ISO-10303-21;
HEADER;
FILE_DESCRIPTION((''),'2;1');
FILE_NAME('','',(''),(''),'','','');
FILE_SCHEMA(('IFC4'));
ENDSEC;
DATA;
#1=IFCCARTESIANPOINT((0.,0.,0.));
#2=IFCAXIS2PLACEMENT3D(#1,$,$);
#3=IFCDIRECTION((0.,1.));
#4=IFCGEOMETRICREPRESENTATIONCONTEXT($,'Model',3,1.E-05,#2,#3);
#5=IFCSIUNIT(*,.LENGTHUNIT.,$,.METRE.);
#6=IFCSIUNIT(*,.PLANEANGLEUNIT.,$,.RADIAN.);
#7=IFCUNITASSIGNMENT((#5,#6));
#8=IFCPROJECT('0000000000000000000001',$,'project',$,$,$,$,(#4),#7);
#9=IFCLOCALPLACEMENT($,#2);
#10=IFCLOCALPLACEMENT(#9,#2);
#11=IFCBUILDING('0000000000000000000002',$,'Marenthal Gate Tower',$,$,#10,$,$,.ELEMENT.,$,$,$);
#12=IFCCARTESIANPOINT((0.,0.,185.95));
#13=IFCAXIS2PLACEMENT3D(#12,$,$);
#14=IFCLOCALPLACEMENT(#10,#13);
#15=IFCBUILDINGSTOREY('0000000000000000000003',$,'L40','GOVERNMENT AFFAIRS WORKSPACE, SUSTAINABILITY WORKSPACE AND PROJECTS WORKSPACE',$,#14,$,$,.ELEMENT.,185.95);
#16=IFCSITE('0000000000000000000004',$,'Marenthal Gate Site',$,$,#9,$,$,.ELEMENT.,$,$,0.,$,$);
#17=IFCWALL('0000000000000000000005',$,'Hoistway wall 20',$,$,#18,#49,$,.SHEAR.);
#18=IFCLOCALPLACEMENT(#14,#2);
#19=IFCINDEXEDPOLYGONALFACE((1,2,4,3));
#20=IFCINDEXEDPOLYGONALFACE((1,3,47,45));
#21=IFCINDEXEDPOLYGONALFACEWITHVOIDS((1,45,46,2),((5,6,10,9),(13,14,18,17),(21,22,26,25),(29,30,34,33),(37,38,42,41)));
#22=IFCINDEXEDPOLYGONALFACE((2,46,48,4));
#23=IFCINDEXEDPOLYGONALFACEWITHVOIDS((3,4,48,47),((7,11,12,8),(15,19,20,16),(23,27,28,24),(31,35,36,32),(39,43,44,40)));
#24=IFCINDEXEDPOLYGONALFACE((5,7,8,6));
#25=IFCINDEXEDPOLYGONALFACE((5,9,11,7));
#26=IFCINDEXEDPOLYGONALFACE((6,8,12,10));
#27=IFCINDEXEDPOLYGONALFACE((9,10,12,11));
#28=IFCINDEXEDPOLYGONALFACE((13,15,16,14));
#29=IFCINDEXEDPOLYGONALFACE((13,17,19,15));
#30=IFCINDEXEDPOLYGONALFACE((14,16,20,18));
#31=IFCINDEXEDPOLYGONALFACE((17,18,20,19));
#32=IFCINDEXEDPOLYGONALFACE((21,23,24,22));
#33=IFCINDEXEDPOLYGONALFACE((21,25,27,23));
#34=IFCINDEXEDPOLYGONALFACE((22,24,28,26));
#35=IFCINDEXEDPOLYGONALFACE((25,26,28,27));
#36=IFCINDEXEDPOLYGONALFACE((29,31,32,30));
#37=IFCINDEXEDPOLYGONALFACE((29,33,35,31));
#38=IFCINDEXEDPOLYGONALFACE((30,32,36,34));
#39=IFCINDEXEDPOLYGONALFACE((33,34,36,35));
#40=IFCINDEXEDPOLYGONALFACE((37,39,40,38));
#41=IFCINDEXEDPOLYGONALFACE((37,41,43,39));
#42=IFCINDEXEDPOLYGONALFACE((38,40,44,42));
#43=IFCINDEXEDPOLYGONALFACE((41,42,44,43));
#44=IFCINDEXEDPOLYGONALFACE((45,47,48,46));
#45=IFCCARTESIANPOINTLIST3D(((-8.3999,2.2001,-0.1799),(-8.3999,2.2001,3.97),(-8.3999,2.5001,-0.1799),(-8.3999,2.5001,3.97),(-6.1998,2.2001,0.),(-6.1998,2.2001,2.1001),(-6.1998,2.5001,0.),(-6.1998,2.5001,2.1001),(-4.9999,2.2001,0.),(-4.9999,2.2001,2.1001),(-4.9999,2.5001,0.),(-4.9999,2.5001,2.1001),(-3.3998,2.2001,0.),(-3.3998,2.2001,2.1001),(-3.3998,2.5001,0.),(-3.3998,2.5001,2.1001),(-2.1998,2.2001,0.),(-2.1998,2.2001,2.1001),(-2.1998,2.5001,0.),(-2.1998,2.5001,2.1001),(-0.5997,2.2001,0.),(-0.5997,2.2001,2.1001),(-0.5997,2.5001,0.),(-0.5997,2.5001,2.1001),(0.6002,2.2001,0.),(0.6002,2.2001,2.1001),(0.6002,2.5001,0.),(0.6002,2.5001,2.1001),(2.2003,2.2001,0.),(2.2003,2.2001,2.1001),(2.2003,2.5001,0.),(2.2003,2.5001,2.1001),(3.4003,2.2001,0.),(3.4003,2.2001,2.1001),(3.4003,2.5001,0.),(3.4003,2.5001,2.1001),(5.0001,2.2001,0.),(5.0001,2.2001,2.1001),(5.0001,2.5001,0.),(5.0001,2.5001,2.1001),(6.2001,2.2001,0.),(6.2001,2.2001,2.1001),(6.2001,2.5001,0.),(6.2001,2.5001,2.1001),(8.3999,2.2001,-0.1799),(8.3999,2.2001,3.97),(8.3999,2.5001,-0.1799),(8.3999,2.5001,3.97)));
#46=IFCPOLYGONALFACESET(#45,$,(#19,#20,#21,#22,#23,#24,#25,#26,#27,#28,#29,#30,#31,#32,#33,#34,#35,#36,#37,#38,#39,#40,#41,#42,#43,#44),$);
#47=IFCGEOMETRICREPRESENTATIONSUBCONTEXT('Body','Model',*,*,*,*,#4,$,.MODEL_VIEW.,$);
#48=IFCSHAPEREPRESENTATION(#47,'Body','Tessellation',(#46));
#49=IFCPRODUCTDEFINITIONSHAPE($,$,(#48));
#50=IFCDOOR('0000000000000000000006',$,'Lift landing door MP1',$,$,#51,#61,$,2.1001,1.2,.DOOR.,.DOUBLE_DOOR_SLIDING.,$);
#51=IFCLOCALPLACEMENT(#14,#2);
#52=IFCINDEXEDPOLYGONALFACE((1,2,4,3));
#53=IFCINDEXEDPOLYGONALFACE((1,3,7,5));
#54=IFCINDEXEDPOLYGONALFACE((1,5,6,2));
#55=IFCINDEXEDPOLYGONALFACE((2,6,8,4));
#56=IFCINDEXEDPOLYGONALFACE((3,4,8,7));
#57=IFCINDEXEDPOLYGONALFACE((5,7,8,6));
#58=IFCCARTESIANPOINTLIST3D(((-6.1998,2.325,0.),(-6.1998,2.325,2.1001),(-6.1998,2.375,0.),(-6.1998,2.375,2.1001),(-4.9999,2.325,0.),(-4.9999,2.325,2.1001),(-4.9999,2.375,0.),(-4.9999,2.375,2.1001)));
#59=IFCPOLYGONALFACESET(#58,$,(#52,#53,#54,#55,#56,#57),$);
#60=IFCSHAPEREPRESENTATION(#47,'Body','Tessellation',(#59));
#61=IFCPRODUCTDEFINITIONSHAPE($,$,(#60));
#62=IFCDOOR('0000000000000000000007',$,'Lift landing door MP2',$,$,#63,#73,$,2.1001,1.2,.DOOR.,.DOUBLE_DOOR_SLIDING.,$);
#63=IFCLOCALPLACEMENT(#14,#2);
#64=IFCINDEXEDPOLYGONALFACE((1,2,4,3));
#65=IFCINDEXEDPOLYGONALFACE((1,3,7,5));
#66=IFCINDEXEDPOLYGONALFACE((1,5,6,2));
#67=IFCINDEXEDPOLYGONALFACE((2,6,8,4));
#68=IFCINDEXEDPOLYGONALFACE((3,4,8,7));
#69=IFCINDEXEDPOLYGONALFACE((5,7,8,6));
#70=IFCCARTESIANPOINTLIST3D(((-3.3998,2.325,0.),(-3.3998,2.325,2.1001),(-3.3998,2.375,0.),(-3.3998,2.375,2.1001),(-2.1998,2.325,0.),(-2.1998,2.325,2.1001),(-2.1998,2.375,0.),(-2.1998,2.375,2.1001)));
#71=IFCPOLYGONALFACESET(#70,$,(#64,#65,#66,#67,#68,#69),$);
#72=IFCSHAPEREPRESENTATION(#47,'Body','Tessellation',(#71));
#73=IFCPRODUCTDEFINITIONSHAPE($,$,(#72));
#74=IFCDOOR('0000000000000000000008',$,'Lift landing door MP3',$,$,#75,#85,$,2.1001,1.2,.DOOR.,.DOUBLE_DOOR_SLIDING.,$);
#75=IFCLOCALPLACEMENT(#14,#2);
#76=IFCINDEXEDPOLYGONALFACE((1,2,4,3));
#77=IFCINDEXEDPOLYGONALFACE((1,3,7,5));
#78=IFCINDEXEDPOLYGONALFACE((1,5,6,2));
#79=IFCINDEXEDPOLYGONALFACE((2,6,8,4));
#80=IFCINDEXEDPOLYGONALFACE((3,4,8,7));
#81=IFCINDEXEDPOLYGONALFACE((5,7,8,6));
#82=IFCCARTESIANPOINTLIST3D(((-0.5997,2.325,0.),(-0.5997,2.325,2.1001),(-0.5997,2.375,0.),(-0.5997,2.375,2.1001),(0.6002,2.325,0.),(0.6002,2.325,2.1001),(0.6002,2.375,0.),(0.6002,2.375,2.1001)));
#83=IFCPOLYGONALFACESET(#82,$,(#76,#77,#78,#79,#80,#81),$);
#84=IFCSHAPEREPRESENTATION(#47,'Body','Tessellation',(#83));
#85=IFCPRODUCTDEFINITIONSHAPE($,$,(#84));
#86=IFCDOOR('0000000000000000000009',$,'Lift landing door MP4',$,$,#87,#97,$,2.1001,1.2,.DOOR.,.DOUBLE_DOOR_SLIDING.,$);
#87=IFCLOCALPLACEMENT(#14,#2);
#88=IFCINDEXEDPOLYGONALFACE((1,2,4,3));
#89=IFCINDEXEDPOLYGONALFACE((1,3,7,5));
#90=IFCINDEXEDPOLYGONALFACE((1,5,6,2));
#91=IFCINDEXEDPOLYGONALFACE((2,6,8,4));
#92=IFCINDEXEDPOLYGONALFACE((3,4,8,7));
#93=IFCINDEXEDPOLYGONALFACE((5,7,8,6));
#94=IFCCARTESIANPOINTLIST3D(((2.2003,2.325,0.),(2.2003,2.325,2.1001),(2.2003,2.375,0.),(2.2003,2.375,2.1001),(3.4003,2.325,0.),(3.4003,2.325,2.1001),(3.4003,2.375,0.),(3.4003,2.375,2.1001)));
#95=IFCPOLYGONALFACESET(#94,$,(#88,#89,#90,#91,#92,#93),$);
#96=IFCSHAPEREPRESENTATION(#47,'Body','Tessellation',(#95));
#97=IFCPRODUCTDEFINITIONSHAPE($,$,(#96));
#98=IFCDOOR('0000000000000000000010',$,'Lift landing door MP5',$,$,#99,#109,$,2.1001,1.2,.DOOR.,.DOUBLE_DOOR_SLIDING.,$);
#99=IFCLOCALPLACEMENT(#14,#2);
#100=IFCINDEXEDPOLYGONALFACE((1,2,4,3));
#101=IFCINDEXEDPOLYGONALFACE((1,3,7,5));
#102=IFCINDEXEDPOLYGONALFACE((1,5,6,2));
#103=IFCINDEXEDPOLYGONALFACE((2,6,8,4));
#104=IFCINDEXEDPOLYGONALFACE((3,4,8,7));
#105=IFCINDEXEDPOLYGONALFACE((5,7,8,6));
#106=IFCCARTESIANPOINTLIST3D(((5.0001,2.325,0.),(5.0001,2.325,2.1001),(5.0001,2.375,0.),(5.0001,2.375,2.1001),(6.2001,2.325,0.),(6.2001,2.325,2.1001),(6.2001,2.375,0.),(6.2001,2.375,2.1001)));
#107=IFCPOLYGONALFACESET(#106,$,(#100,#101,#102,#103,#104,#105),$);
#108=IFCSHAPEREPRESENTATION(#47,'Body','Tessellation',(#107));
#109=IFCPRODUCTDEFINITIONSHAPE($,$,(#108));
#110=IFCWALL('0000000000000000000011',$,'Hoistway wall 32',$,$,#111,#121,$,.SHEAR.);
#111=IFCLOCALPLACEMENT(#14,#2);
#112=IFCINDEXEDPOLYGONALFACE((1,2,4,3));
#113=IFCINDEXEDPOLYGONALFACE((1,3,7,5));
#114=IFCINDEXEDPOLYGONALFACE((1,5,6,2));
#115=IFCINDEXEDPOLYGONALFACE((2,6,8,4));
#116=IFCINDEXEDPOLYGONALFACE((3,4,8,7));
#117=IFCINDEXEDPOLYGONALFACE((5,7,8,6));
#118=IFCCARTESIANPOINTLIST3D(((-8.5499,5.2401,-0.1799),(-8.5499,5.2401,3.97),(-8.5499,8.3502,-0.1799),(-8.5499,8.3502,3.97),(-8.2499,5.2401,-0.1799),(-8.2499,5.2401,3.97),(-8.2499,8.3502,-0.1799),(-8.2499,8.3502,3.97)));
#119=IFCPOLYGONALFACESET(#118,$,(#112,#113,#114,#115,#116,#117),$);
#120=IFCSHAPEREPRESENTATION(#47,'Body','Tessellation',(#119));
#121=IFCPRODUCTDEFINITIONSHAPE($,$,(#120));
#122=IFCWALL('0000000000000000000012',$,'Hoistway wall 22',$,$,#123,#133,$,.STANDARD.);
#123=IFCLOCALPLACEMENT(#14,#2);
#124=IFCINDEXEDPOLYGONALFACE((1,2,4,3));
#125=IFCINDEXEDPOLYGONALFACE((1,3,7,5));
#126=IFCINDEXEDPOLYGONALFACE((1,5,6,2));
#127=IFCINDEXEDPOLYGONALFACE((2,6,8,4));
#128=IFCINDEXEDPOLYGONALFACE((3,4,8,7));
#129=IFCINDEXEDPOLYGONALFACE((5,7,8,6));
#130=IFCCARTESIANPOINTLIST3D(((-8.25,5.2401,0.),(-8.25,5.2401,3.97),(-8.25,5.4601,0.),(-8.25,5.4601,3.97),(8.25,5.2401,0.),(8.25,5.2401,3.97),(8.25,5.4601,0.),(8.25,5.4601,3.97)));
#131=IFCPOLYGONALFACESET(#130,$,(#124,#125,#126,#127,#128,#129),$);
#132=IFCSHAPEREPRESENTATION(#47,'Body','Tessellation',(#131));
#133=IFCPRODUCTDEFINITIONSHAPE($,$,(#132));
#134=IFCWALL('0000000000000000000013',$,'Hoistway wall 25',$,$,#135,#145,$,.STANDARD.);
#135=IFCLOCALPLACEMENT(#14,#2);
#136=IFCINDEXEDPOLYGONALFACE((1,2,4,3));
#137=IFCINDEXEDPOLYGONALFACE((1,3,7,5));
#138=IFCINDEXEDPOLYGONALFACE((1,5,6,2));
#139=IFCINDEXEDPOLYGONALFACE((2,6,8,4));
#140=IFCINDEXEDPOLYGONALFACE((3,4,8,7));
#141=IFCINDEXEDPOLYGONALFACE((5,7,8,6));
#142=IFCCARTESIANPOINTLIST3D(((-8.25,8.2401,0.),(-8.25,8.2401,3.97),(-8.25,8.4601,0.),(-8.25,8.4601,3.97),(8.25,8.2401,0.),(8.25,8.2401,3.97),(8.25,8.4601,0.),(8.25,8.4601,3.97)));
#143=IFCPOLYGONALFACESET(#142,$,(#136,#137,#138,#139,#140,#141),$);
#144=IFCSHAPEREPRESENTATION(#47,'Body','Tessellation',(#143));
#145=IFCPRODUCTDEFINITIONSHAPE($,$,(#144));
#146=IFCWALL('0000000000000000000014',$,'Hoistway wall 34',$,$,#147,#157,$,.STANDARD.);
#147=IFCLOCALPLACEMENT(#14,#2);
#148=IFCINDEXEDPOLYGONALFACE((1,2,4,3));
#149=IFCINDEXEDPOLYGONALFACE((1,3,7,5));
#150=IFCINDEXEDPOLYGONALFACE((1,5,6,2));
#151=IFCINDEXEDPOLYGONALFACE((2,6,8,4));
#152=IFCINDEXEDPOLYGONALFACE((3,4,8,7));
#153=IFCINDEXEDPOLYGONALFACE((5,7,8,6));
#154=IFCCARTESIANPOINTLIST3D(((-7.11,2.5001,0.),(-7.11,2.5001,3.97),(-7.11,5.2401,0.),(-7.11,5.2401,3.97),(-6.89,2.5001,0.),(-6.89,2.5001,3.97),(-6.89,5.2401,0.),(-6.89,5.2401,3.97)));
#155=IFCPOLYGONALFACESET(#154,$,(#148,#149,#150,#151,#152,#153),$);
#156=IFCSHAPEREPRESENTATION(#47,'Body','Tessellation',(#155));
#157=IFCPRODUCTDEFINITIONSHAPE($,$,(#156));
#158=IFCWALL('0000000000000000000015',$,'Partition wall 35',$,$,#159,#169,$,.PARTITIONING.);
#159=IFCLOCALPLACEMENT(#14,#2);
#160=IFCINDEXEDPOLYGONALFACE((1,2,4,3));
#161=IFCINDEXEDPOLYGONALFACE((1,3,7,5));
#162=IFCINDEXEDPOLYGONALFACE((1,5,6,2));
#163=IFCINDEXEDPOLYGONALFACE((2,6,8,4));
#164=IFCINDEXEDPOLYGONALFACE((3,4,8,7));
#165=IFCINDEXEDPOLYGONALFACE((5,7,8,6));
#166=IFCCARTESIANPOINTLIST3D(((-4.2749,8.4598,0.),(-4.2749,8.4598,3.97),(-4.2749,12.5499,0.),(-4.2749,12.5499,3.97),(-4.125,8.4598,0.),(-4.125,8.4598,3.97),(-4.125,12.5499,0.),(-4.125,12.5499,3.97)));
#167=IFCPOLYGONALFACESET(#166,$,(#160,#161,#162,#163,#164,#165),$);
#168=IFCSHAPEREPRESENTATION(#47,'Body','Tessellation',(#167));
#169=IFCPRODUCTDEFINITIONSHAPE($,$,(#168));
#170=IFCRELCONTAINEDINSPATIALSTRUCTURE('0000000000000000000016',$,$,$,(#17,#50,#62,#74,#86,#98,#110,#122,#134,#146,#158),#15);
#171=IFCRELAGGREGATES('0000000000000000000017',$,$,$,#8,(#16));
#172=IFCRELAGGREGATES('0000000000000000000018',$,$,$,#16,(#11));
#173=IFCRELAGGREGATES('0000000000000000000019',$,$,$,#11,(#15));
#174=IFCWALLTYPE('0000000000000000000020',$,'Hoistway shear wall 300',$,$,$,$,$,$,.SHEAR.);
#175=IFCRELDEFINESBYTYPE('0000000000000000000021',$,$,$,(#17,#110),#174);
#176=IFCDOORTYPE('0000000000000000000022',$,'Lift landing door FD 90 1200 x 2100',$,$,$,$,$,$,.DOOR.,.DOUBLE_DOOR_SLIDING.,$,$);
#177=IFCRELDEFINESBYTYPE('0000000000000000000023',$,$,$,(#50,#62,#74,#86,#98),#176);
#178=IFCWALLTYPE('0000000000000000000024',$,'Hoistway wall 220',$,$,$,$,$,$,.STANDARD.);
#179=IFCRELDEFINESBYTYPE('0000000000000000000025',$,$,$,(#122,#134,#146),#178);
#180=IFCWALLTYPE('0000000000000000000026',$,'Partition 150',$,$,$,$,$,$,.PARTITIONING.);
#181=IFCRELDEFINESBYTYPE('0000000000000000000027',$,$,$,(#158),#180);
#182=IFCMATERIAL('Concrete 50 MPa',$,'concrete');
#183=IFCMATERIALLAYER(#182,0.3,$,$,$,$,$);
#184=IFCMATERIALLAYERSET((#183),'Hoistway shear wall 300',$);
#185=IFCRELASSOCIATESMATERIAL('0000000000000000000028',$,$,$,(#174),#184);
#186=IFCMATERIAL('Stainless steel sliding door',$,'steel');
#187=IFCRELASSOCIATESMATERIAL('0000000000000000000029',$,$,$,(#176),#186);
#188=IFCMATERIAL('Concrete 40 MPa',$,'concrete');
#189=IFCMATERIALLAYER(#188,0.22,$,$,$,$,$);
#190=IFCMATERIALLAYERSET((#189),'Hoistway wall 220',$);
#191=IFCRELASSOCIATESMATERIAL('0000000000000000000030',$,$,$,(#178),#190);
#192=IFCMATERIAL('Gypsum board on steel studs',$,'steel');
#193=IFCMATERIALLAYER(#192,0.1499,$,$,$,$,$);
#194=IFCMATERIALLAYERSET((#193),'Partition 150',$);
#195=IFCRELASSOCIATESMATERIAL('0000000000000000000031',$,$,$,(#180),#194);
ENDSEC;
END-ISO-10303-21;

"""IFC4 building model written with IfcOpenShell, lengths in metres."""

from ifc_helpers import new_model, si_unit, direction, frame, frame_2d, origin, place, context, subcontext, project, spatial, rectangle, extrude, material, layer, layer_set, type_object, element, fill, save


model = new_model("IFC4")

# Units and contexts
model_context = context("Model", 3, precision=1e-05, world=origin(), true_north=direction((0.0, 1.0)))
body_context = subcontext(model_context, "Body", "Model", "MODEL_VIEW")
ifc_project = project(units=[si_unit("LENGTHUNIT", "METRE"), si_unit("PLANEANGLEUNIT", "RADIAN")], contexts=[model_context])

# Site, building, storey
site_placement = place(None, origin())
site = spatial("IfcSite", under=ifc_project, at=site_placement, Name="Marenthal Gate Site", CompositionType="ELEMENT", RefElevation=0.0)
building_placement = place(site_placement, origin())
building = spatial("IfcBuilding", under=site, at=building_placement, Name="Marenthal Gate Tower", CompositionType="ELEMENT")
storey_placement = place(building_placement, frame((0.0, 0.0, 185.95)))
storey = spatial("IfcBuildingStorey", under=building, at=storey_placement, Name="L40", Description="GOVERNMENT AFFAIRS WORKSPACE, SUSTAINABILITY WORKSPACE AND PROJECTS WORKSPACE", CompositionType="ELEMENT", Elevation=185.95)

# Wall, openings, doors
ifc_material_1 = material(Name="Concrete 50 MPa", Category="concrete")
ifc_layer_1 = layer(ifc_material_1, 0.3)
ifc_layer_set_1 = layer_set([ifc_layer_1], Name="Hoistway shear wall 300")
wall_type_1 = type_object("IfcWallType", Name="Hoistway shear wall 300", PredefinedType="SHEAR", material=ifc_layer_set_1)
wall_1_placement = place(storey_placement, frame((-8.3999, 2.3501, -0.1799), z_axis=(0.0, 0.0, 1.0), x_axis=(1.0, 0.0, 0.0)))
wall_1 = element("IfcWall", 1, at=wall_1_placement, inside=storey, type_object=wall_type_1, Name="Hoistway wall 20", PredefinedType="SHEAR", context=body_context, shape_type="SweptSolid", body=[
    extrude(rectangle(XDim=16.7998, YDim=0.3, at=frame_2d((8.3999, 0.0))), origin(), (0.0, 0.0, 1.0), 4.1499),
])
opening_1_placement = place(wall_1_placement, frame((2.2, 0.0, 0.1799)))
opening_1 = element("IfcOpeningElement", 2, at=opening_1_placement, cuts=wall_1, PredefinedType="OPENING", context=body_context, shape_type="SweptSolid", body=[
    extrude(rectangle(XDim=1.2, YDim=2.1001, at=frame_2d((0.6001, 1.05))), frame((0.0, 0.1602, 0.0), z_axis=(0.0, -1.0, 0.0), x_axis=(1.0, 0.0, 0.0)), (0.0, 0.0, 1.0), 0.3201),
])
opening_2_placement = place(wall_1_placement, frame((5.0, 0.0, 0.1799)))
opening_2 = element("IfcOpeningElement", 3, at=opening_2_placement, cuts=wall_1, PredefinedType="OPENING", context=body_context, shape_type="SweptSolid", body=[
    extrude(rectangle(XDim=1.2, YDim=2.1001, at=frame_2d((0.6001, 1.05))), frame((0.0, 0.1602, 0.0), z_axis=(0.0, -1.0, 0.0), x_axis=(1.0, 0.0, 0.0)), (0.0, 0.0, 1.0), 0.3201),
])
opening_3_placement = place(wall_1_placement, frame((7.8, 0.0, 0.1799)))
opening_3 = element("IfcOpeningElement", 4, at=opening_3_placement, cuts=wall_1, PredefinedType="OPENING", context=body_context, shape_type="SweptSolid", body=[
    extrude(rectangle(XDim=1.2, YDim=2.1001, at=frame_2d((0.6001, 1.05))), frame((0.0, 0.1602, 0.0), z_axis=(0.0, -1.0, 0.0), x_axis=(1.0, 0.0, 0.0)), (0.0, 0.0, 1.0), 0.3201),
])
opening_4_placement = place(wall_1_placement, frame((10.6001, 0.0, 0.1799)))
opening_4 = element("IfcOpeningElement", 5, at=opening_4_placement, cuts=wall_1, PredefinedType="OPENING", context=body_context, shape_type="SweptSolid", body=[
    extrude(rectangle(XDim=1.2, YDim=2.1001, at=frame_2d((0.6001, 1.05))), frame((0.0, 0.1602, 0.0), z_axis=(0.0, -1.0, 0.0), x_axis=(1.0, 0.0, 0.0)), (0.0, 0.0, 1.0), 0.3201),
])
opening_5_placement = place(wall_1_placement, frame((13.3999, 0.0, 0.1799)))
opening_5 = element("IfcOpeningElement", 6, at=opening_5_placement, cuts=wall_1, PredefinedType="OPENING", context=body_context, shape_type="SweptSolid", body=[
    extrude(rectangle(XDim=1.2, YDim=2.1001, at=frame_2d((0.6001, 1.05))), frame((0.0, 0.1602, 0.0), z_axis=(0.0, -1.0, 0.0), x_axis=(1.0, 0.0, 0.0)), (0.0, 0.0, 1.0), 0.3201),
])
ifc_material_2 = material(Name="Stainless steel sliding door", Category="steel")
door_type = type_object("IfcDoorType", Name="Lift landing door FD 90 1200 x 2100", OperationType="DOUBLE_DOOR_SLIDING", PredefinedType="DOOR", material=ifc_material_2)
door_1_placement = place(opening_1_placement, origin())
door_1 = element("IfcDoor", 7, at=door_1_placement, inside=storey, type_object=door_type, Name="Lift landing door MP1", OperationType="DOUBLE_DOOR_SLIDING", OverallHeight=2.1001, OverallWidth=1.2, PredefinedType="DOOR", context=body_context, shape_type="SweptSolid", body=[
    extrude(rectangle(XDim=1.2, YDim=2.1001, at=frame_2d((0.6001, 1.05))), frame((0.0, 0.0249, 0.0), z_axis=(0.0, -1.0, 0.0), x_axis=(1.0, 0.0, 0.0)), (0.0, 0.0, 1.0), 0.05),
])
fill(opening_1, door_1)
door_2_placement = place(opening_2_placement, origin())
door_2 = element("IfcDoor", 8, at=door_2_placement, inside=storey, type_object=door_type, Name="Lift landing door MP2", OperationType="DOUBLE_DOOR_SLIDING", OverallHeight=2.1001, OverallWidth=1.2, PredefinedType="DOOR", context=body_context, shape_type="SweptSolid", body=[
    extrude(rectangle(XDim=1.2, YDim=2.1001, at=frame_2d((0.6001, 1.05))), frame((0.0, 0.0249, 0.0), z_axis=(0.0, -1.0, 0.0), x_axis=(1.0, 0.0, 0.0)), (0.0, 0.0, 1.0), 0.05),
])
fill(opening_2, door_2)
door_3_placement = place(opening_3_placement, origin())
door_3 = element("IfcDoor", 9, at=door_3_placement, inside=storey, type_object=door_type, Name="Lift landing door MP3", OperationType="DOUBLE_DOOR_SLIDING", OverallHeight=2.1001, OverallWidth=1.2, PredefinedType="DOOR", context=body_context, shape_type="SweptSolid", body=[
    extrude(rectangle(XDim=1.2, YDim=2.1001, at=frame_2d((0.6001, 1.05))), frame((0.0, 0.0249, 0.0), z_axis=(0.0, -1.0, 0.0), x_axis=(1.0, 0.0, 0.0)), (0.0, 0.0, 1.0), 0.05),
])
fill(opening_3, door_3)
door_4_placement = place(opening_4_placement, origin())
door_4 = element("IfcDoor", 10, at=door_4_placement, inside=storey, type_object=door_type, Name="Lift landing door MP4", OperationType="DOUBLE_DOOR_SLIDING", OverallHeight=2.1001, OverallWidth=1.2, PredefinedType="DOOR", context=body_context, shape_type="SweptSolid", body=[
    extrude(rectangle(XDim=1.2, YDim=2.1001, at=frame_2d((0.6001, 1.05))), frame((0.0, 0.0249, 0.0), z_axis=(0.0, -1.0, 0.0), x_axis=(1.0, 0.0, 0.0)), (0.0, 0.0, 1.0), 0.05),
])
fill(opening_4, door_4)
door_5_placement = place(opening_5_placement, origin())
door_5 = element("IfcDoor", 11, at=door_5_placement, inside=storey, type_object=door_type, Name="Lift landing door MP5", OperationType="DOUBLE_DOOR_SLIDING", OverallHeight=2.1001, OverallWidth=1.2, PredefinedType="DOOR", context=body_context, shape_type="SweptSolid", body=[
    extrude(rectangle(XDim=1.2, YDim=2.1001, at=frame_2d((0.6001, 1.05))), frame((0.0, 0.0249, 0.0), z_axis=(0.0, -1.0, 0.0), x_axis=(1.0, 0.0, 0.0)), (0.0, 0.0, 1.0), 0.05),
])
fill(opening_5, door_5)

# Walls
wall_2_placement = place(storey_placement, frame((-8.3999, 5.24, -0.1799), z_axis=(0.0, 0.0, 1.0), x_axis=(0.0, 1.0, 0.0)))
element("IfcWall", 12, at=wall_2_placement, inside=storey, type_object=wall_type_1, Name="Hoistway wall 32", PredefinedType="SHEAR", context=body_context, shape_type="SweptSolid", body=[
    extrude(rectangle(XDim=3.1101, YDim=0.3, at=frame_2d((1.5552, 0.0))), origin(), (0.0, 0.0, 1.0), 4.1499),
])
ifc_material_3 = material(Name="Concrete 40 MPa", Category="concrete")
ifc_layer_2 = layer(ifc_material_3, 0.22)
ifc_layer_set_2 = layer_set([ifc_layer_2], Name="Hoistway wall 220")
wall_type_2 = type_object("IfcWallType", Name="Hoistway wall 220", PredefinedType="STANDARD", material=ifc_layer_set_2)
for number, where, z_axis, x_axis, name in (
    (13, (-8.25, 5.3501, 0.0), (0.0, 0.0, 1.0), (1.0, 0.0, 0.0), "Hoistway wall 22"),
    (14, (-8.25, 8.3501, 0.0), (0.0, 0.0, 1.0), (1.0, 0.0, 0.0), "Hoistway wall 25"),
):
    element("IfcWall", number, at=place(storey_placement, frame(where, z_axis=z_axis, x_axis=x_axis)), inside=storey, type_object=wall_type_2, Name=name, PredefinedType="STANDARD", context=body_context, shape_type="SweptSolid", body=[
        extrude(rectangle(XDim=16.5, YDim=0.22, at=frame_2d((8.25, 0.0))), origin(), (0.0, 0.0, 1.0), 3.97),
    ])
wall_3_placement = place(storey_placement, frame((-7.0, 2.5, 0.0), z_axis=(0.0, 0.0, 1.0), x_axis=(0.0, 1.0, 0.0)))
element("IfcWall", 15, at=wall_3_placement, inside=storey, type_object=wall_type_2, Name="Hoistway wall 34", PredefinedType="STANDARD", context=body_context, shape_type="SweptSolid", body=[
    extrude(rectangle(XDim=2.74, YDim=0.22, at=frame_2d((1.3701, 0.0))), origin(), (0.0, 0.0, 1.0), 3.97),
])
ifc_material_4 = material(Name="Gypsum board on steel studs", Category="steel")
ifc_layer_3 = layer(ifc_material_4, 0.1499)
ifc_layer_set_3 = layer_set([ifc_layer_3], Name="Partition 150")
wall_type_3 = type_object("IfcWallType", Name="Partition 150", PredefinedType="PARTITIONING", material=ifc_layer_set_3)
wall_4_placement = place(storey_placement, frame((-4.2, 8.46, 0.0), z_axis=(0.0, 0.0, 1.0), x_axis=(0.0, 1.0, 0.0)))
element("IfcWall", 16, at=wall_4_placement, inside=storey, type_object=wall_type_3, Name="Partition wall 35", PredefinedType="PARTITIONING", context=body_context, shape_type="SweptSolid", body=[
    extrude(rectangle(XDim=4.0901, YDim=0.1499, at=frame_2d((2.0449, 0.0))), origin(), (0.0, 0.0, 1.0), 3.97),
])

save(model, "model.ifc")
